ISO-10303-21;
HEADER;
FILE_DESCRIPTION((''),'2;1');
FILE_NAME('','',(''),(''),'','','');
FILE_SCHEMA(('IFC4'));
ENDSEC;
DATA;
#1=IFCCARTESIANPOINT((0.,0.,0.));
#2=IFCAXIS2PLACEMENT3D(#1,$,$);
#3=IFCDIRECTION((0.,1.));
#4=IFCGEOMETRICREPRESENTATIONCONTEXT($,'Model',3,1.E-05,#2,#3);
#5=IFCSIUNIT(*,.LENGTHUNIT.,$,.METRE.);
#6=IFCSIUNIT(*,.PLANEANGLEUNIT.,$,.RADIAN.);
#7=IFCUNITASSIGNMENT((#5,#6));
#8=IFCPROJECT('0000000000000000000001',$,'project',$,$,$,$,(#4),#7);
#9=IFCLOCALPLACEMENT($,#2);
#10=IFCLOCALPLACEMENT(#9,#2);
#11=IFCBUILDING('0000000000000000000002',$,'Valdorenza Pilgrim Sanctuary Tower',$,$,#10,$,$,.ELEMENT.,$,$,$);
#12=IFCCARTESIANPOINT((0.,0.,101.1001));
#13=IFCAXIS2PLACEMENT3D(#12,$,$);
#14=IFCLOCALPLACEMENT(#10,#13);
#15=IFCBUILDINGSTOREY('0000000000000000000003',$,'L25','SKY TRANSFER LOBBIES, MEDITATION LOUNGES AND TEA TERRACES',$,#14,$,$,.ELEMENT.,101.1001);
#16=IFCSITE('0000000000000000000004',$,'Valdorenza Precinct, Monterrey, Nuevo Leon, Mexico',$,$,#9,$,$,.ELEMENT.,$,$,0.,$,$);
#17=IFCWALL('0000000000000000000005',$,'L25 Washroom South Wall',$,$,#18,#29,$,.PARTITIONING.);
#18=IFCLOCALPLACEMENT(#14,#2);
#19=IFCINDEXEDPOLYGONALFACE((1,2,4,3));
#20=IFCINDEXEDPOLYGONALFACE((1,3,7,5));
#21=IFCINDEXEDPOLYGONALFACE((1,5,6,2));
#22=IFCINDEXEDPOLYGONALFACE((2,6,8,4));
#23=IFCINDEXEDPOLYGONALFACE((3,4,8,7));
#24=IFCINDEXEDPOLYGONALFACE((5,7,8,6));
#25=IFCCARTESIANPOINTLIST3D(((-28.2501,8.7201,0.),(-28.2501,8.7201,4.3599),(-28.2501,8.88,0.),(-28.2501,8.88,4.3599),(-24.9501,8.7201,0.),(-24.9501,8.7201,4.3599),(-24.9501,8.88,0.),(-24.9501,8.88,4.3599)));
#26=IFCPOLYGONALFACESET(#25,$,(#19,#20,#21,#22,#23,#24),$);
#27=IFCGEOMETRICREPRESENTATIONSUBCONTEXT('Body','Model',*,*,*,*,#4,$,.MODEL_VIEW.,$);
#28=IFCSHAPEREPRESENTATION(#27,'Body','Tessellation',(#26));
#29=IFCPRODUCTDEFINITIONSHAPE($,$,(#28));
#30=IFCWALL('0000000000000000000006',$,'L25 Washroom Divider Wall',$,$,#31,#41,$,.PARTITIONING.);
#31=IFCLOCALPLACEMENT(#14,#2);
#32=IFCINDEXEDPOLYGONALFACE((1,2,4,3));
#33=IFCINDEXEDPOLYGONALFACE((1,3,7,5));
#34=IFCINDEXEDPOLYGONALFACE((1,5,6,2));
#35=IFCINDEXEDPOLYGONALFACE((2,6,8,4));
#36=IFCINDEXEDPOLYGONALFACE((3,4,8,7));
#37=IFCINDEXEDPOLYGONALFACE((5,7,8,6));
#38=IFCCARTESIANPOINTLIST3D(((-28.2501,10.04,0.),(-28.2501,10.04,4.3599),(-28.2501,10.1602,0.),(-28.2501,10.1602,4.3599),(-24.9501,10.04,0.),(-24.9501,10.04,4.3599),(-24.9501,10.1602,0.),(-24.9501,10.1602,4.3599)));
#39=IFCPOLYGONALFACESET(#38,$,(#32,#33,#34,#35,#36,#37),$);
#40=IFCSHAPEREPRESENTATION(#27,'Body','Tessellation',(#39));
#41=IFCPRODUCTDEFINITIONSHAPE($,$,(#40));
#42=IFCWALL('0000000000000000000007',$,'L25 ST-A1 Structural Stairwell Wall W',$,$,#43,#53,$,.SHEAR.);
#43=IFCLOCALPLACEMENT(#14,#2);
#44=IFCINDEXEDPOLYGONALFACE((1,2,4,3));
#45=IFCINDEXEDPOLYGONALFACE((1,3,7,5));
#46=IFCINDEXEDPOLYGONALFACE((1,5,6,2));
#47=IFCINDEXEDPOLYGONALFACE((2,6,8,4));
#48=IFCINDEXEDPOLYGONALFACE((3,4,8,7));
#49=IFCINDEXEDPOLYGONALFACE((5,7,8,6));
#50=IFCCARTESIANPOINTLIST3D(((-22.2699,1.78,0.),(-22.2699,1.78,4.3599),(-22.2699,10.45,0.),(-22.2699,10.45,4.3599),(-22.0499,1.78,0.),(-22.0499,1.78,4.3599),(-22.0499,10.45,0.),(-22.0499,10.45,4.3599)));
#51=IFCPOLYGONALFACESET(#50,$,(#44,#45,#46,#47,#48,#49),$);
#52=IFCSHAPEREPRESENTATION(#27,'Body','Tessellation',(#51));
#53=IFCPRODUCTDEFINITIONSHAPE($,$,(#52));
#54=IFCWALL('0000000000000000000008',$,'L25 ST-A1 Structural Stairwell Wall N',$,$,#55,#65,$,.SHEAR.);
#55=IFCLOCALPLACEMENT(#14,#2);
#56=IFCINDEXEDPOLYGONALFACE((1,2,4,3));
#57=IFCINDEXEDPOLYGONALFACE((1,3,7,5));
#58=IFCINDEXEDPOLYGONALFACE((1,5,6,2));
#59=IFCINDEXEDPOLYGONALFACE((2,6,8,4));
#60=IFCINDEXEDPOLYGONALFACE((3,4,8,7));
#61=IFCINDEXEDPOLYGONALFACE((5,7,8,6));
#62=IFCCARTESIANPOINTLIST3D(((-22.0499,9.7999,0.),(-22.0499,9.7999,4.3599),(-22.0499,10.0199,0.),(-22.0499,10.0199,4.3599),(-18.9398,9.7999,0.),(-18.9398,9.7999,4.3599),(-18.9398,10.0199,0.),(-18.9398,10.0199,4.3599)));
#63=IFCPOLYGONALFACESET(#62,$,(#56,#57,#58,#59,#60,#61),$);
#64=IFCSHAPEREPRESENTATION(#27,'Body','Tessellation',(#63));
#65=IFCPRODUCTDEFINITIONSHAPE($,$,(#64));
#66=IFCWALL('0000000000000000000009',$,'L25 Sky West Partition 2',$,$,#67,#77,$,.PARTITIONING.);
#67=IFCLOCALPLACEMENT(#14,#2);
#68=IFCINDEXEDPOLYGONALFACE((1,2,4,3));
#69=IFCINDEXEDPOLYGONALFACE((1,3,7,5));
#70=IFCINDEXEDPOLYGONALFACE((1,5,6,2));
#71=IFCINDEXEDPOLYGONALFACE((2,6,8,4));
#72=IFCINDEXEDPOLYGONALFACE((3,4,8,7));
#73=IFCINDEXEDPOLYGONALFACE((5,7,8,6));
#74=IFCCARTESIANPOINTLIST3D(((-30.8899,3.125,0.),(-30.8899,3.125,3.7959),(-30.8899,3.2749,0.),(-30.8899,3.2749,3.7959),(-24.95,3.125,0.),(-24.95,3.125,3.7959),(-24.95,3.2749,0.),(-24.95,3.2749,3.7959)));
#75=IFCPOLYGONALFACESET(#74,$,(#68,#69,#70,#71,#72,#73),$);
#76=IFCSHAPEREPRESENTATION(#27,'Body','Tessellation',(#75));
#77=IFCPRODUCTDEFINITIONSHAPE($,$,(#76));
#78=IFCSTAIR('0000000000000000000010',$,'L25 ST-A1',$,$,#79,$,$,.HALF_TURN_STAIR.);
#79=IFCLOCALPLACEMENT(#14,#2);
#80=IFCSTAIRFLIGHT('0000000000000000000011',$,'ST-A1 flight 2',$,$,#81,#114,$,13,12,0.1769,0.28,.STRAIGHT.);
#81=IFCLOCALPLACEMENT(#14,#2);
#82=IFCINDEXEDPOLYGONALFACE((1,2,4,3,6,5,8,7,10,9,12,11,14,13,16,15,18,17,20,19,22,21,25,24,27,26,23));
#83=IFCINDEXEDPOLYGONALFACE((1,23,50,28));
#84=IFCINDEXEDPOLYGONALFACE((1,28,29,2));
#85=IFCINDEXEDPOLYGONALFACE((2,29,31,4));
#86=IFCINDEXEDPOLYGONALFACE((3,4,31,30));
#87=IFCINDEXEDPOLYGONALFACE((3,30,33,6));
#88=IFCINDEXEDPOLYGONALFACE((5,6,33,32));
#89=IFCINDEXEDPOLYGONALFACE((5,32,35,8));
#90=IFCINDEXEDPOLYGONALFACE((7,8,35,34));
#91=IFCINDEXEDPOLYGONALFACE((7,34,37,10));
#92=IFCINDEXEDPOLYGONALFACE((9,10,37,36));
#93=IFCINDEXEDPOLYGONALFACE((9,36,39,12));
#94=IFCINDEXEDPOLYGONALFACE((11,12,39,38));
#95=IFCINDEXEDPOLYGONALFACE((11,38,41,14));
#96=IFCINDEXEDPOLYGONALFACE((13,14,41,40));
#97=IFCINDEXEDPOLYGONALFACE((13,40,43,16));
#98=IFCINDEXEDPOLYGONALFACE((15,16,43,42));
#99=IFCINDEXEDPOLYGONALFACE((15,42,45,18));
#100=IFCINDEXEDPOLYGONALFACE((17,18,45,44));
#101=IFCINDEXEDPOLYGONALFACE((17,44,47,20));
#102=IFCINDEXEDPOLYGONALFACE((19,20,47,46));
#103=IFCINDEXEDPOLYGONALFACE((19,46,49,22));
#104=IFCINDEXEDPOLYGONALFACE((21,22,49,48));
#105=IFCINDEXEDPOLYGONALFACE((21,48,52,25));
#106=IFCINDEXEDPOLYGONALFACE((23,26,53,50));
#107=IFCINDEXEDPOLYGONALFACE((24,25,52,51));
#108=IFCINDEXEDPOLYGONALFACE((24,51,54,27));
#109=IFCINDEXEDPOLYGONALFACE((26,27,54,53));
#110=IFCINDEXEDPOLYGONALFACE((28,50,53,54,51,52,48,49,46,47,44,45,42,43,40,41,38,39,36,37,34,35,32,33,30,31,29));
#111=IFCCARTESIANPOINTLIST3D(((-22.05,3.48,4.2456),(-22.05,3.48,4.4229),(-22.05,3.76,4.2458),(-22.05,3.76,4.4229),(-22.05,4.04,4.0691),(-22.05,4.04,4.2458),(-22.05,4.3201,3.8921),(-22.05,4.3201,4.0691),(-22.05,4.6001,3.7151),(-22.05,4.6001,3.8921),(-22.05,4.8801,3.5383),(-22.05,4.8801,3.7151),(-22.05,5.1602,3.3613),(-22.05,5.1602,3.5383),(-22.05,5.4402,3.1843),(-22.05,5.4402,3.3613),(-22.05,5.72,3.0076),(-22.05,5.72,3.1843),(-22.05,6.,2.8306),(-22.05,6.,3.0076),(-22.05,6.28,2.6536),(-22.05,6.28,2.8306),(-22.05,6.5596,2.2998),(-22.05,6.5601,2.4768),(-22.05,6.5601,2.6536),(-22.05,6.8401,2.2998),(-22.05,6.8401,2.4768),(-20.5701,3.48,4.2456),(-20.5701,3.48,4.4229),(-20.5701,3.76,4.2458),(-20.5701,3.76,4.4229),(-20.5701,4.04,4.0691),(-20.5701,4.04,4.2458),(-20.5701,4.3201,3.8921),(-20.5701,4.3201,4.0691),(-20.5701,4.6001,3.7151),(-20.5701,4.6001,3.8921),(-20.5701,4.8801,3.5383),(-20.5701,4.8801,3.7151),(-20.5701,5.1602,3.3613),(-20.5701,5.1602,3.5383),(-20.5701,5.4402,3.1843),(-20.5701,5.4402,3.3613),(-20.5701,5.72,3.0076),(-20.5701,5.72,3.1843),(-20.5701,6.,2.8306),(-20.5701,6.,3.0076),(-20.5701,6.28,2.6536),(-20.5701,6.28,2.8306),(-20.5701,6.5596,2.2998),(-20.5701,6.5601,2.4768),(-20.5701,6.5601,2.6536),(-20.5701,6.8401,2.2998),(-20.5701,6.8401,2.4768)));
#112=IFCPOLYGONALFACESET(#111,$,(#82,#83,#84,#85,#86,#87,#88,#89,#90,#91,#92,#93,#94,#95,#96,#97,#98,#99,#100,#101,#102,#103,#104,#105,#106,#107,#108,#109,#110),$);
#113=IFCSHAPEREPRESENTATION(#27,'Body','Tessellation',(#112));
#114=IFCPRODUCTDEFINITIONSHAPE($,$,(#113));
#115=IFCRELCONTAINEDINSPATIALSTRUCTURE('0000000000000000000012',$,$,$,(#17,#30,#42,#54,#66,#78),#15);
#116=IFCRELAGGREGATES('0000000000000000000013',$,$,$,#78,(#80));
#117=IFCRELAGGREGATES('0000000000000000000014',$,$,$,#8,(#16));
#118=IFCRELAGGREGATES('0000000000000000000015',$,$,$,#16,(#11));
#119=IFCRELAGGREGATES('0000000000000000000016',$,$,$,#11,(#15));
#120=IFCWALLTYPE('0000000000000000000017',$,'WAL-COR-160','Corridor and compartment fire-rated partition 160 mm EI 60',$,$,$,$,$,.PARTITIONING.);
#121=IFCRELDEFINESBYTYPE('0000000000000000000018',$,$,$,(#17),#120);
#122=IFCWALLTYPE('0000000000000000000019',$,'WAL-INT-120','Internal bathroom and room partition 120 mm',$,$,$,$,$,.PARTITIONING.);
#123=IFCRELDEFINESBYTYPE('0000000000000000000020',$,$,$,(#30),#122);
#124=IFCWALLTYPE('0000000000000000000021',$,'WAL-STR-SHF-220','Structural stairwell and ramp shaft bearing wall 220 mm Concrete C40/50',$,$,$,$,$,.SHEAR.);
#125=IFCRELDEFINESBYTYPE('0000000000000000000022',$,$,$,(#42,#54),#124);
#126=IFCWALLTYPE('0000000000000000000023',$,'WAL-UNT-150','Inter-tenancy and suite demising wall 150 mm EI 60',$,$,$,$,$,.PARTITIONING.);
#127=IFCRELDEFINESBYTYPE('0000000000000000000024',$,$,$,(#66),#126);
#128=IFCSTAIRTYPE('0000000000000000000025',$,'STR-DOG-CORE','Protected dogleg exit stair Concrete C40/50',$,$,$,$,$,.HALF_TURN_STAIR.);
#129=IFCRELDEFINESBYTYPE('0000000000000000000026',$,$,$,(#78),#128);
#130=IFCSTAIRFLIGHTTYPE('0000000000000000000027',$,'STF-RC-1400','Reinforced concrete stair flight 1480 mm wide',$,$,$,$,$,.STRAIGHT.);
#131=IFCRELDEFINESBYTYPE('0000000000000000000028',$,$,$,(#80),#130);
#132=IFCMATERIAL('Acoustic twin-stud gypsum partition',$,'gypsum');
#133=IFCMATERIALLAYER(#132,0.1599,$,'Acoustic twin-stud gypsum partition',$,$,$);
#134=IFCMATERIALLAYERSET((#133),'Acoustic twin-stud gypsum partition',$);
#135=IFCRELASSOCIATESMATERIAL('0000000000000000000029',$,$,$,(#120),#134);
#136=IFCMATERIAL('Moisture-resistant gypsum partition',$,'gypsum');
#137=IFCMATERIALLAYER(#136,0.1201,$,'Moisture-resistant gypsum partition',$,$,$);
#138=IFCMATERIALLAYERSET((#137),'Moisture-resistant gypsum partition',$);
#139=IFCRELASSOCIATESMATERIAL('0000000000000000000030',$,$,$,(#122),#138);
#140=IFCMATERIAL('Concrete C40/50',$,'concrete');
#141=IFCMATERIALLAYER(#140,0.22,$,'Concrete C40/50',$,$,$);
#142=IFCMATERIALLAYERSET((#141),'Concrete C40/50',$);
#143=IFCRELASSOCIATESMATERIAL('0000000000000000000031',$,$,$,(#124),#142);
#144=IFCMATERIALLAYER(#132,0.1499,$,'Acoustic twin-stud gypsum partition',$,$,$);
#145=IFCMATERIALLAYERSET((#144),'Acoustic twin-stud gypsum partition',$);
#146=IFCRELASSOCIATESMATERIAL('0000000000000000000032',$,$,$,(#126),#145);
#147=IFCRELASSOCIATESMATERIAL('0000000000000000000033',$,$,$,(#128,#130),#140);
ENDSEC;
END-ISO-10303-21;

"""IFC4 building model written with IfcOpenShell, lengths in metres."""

from ifc_helpers import new_model, si_unit, direction, frame, frame_2d, origin, place, context, subcontext, project, spatial, polyline, rectangle, outline, extrude, material, layer, layer_set, type_object, element, aggregate, save


model = new_model("IFC4")

# Units and contexts
model_context = context("Model", 3, precision=1e-05, world=origin(), true_north=direction((0.0, 1.0)))
body_context = subcontext(model_context, "Body", "Model", "MODEL_VIEW")
ifc_project = project(units=[si_unit("LENGTHUNIT", "METRE"), si_unit("PLANEANGLEUNIT", "RADIAN")], contexts=[model_context])

# Site, building, storey
site_placement = place(None, origin())
site = spatial("IfcSite", under=ifc_project, at=site_placement, Name="Valdorenza Precinct, Monterrey, Nuevo Leon, Mexico", CompositionType="ELEMENT", RefElevation=0.0)
building_placement = place(site_placement, origin())
building = spatial("IfcBuilding", under=site, at=building_placement, Name="Valdorenza Pilgrim Sanctuary Tower", CompositionType="ELEMENT")
storey_placement = place(building_placement, frame((0.0, 0.0, 101.1001)))
storey = spatial("IfcBuildingStorey", under=building, at=storey_placement, Name="L25", Description="SKY TRANSFER LOBBIES, MEDITATION LOUNGES AND TEA TERRACES", CompositionType="ELEMENT", Elevation=101.1001)

# Shared definitions
ifc_material_1 = material(Name="Acoustic twin-stud gypsum partition", Category="gypsum")
ifc_layer_1 = layer(ifc_material_1, 0.1599, Name="Acoustic twin-stud gypsum partition")
ifc_layer_set_1 = layer_set([ifc_layer_1], Name="Acoustic twin-stud gypsum partition")
wall_type_1 = type_object("IfcWallType", Name="WAL-COR-160", Description="Corridor and compartment fire-rated partition 160 mm EI 60", PredefinedType="PARTITIONING", material=ifc_layer_set_1)

# Walls
wall_1_placement = place(storey_placement, frame((-28.25, 8.8, 0.0), z_axis=(0.0, 0.0, 1.0), x_axis=(1.0, 0.0, 0.0)))
element("IfcWall", 1, at=wall_1_placement, inside=storey, type_object=wall_type_1, Name="L25 Washroom South Wall", PredefinedType="PARTITIONING", context=body_context, shape_type="SweptSolid", body=[
    extrude(rectangle(XDim=3.3, YDim=0.1599, at=frame_2d((1.6499, 0.0))), origin(), (0.0, 0.0, 1.0), 4.3599),
])
ifc_material_2 = material(Name="Moisture-resistant gypsum partition", Category="gypsum")
ifc_layer_2 = layer(ifc_material_2, 0.1201, Name="Moisture-resistant gypsum partition")
ifc_layer_set_2 = layer_set([ifc_layer_2], Name="Moisture-resistant gypsum partition")
wall_type_2 = type_object("IfcWallType", Name="WAL-INT-120", Description="Internal bathroom and room partition 120 mm", PredefinedType="PARTITIONING", material=ifc_layer_set_2)
wall_2_placement = place(storey_placement, frame((-28.25, 10.1001, 0.0), z_axis=(0.0, 0.0, 1.0), x_axis=(1.0, 0.0, 0.0)))
element("IfcWall", 2, at=wall_2_placement, inside=storey, type_object=wall_type_2, Name="L25 Washroom Divider Wall", PredefinedType="PARTITIONING", context=body_context, shape_type="SweptSolid", body=[
    extrude(rectangle(XDim=3.3, YDim=0.1201, at=frame_2d((1.6499, 0.0))), origin(), (0.0, 0.0, 1.0), 4.3599),
])
ifc_material_3 = material(Name="Concrete C40/50", Category="concrete")
ifc_layer_3 = layer(ifc_material_3, 0.22, Name="Concrete C40/50")
ifc_layer_set_3 = layer_set([ifc_layer_3], Name="Concrete C40/50")
wall_type_3 = type_object("IfcWallType", Name="WAL-STR-SHF-220", Description="Structural stairwell and ramp shaft bearing wall 220 mm Concrete C40/50", PredefinedType="SHEAR", material=ifc_layer_set_3)
wall_3_placement = place(storey_placement, frame((-22.1599, 1.78, 0.0), z_axis=(0.0, 0.0, 1.0), x_axis=(0.0, 1.0, 0.0)))
element("IfcWall", 3, at=wall_3_placement, inside=storey, type_object=wall_type_3, Name="L25 ST-A1 Structural Stairwell Wall W", PredefinedType="SHEAR", context=body_context, shape_type="SweptSolid", body=[
    extrude(rectangle(XDim=8.6699, YDim=0.22, at=frame_2d((4.335, 0.0))), origin(), (0.0, 0.0, 1.0), 4.3599),
])

# Walls
wall_4_placement = place(storey_placement, frame((-22.05, 9.9099, 0.0), z_axis=(0.0, 0.0, 1.0), x_axis=(1.0, 0.0, 0.0)))
element("IfcWall", 4, at=wall_4_placement, inside=storey, type_object=wall_type_3, Name="L25 ST-A1 Structural Stairwell Wall N", PredefinedType="SHEAR", context=body_context, shape_type="SweptSolid", body=[
    extrude(rectangle(XDim=3.1101, YDim=0.22, at=frame_2d((1.5552, 0.0))), origin(), (0.0, 0.0, 1.0), 4.3599),
])
ifc_layer_4 = layer(ifc_material_1, 0.1499, Name="Acoustic twin-stud gypsum partition")
ifc_layer_set_4 = layer_set([ifc_layer_4], Name="Acoustic twin-stud gypsum partition")
wall_type_4 = type_object("IfcWallType", Name="WAL-UNT-150", Description="Inter-tenancy and suite demising wall 150 mm EI 60", PredefinedType="PARTITIONING", material=ifc_layer_set_4)
wall_5_placement = place(storey_placement, frame((-30.8899, 3.2, 0.0), z_axis=(0.0, 0.0, 1.0), x_axis=(1.0, 0.0, 0.0)))
element("IfcWall", 5, at=wall_5_placement, inside=storey, type_object=wall_type_4, Name="L25 Sky West Partition 2", PredefinedType="PARTITIONING", context=body_context, shape_type="SweptSolid", body=[
    extrude(rectangle(XDim=5.9399, YDim=0.1499, at=frame_2d((2.97, 0.0))), origin(), (0.0, 0.0, 1.0), 3.7959),
])

# Stair, stair flight
stair_type = type_object("IfcStairType", Name="STR-DOG-CORE", Description="Protected dogleg exit stair Concrete C40/50", PredefinedType="HALF_TURN_STAIR", material=ifc_material_3)
stair_placement = place(storey_placement, origin())
stair = element("IfcStair", 6, at=stair_placement, inside=storey, type_object=stair_type, Name="L25 ST-A1", PredefinedType="HALF_TURN_STAIR")
stair_flight_type = type_object("IfcStairFlightType", Name="STF-RC-1400", Description="Reinforced concrete stair flight 1480 mm wide", PredefinedType="STRAIGHT", material=ifc_material_3)
stair_flight_placement = place(storey_placement, frame((-21.3101, 6.8401, 2.2998), z_axis=(0.0, 0.0, 1.0), x_axis=(0.0, -1.0, 0.0)))
stair_flight = element("IfcStairFlight", 7, at=stair_flight_placement, type_object=stair_flight_type, Name="ST-A1 flight 2", NumberOfRisers=13, NumberOfTreads=12, PredefinedType="STRAIGHT", RiserHeight=0.1769, TreadLength=0.28, context=body_context, shape_type="SweptSolid", body=[
    extrude(outline(polyline([(0.0, 0.0), (0.0, 0.177), (0.28, 0.177), (0.28, 0.3538), (0.5601, 0.3538), (0.5601, 0.5308), (0.8401, 0.5308), (0.8401, 0.7078), (1.1201, 0.7078), (1.1201, 0.8845), (1.3999, 0.8845), (1.3999, 1.0615), (1.6799, 1.0615), (1.6799, 1.2385), (1.96, 1.2385), (1.96, 1.4153), (2.24, 1.4153), (2.24, 1.5923), (2.52, 1.5923), (2.52, 1.7693), (2.8, 1.7693), (2.8, 1.946), (3.0801, 1.946), (3.0801, 2.123), (3.3601, 2.123), (3.3601, 2.3), (3.3601, 1.9458), (0.2805, 0.0), (0.0, 0.0)])), frame((0.0, 0.74, 0.0), z_axis=(0.0, -1.0, 0.0), x_axis=(1.0, 0.0, 0.0)), (0.0, 0.0, 1.0), 1.48),
])
aggregate(stair, [stair_flight])

save(model, "model.ifc")
